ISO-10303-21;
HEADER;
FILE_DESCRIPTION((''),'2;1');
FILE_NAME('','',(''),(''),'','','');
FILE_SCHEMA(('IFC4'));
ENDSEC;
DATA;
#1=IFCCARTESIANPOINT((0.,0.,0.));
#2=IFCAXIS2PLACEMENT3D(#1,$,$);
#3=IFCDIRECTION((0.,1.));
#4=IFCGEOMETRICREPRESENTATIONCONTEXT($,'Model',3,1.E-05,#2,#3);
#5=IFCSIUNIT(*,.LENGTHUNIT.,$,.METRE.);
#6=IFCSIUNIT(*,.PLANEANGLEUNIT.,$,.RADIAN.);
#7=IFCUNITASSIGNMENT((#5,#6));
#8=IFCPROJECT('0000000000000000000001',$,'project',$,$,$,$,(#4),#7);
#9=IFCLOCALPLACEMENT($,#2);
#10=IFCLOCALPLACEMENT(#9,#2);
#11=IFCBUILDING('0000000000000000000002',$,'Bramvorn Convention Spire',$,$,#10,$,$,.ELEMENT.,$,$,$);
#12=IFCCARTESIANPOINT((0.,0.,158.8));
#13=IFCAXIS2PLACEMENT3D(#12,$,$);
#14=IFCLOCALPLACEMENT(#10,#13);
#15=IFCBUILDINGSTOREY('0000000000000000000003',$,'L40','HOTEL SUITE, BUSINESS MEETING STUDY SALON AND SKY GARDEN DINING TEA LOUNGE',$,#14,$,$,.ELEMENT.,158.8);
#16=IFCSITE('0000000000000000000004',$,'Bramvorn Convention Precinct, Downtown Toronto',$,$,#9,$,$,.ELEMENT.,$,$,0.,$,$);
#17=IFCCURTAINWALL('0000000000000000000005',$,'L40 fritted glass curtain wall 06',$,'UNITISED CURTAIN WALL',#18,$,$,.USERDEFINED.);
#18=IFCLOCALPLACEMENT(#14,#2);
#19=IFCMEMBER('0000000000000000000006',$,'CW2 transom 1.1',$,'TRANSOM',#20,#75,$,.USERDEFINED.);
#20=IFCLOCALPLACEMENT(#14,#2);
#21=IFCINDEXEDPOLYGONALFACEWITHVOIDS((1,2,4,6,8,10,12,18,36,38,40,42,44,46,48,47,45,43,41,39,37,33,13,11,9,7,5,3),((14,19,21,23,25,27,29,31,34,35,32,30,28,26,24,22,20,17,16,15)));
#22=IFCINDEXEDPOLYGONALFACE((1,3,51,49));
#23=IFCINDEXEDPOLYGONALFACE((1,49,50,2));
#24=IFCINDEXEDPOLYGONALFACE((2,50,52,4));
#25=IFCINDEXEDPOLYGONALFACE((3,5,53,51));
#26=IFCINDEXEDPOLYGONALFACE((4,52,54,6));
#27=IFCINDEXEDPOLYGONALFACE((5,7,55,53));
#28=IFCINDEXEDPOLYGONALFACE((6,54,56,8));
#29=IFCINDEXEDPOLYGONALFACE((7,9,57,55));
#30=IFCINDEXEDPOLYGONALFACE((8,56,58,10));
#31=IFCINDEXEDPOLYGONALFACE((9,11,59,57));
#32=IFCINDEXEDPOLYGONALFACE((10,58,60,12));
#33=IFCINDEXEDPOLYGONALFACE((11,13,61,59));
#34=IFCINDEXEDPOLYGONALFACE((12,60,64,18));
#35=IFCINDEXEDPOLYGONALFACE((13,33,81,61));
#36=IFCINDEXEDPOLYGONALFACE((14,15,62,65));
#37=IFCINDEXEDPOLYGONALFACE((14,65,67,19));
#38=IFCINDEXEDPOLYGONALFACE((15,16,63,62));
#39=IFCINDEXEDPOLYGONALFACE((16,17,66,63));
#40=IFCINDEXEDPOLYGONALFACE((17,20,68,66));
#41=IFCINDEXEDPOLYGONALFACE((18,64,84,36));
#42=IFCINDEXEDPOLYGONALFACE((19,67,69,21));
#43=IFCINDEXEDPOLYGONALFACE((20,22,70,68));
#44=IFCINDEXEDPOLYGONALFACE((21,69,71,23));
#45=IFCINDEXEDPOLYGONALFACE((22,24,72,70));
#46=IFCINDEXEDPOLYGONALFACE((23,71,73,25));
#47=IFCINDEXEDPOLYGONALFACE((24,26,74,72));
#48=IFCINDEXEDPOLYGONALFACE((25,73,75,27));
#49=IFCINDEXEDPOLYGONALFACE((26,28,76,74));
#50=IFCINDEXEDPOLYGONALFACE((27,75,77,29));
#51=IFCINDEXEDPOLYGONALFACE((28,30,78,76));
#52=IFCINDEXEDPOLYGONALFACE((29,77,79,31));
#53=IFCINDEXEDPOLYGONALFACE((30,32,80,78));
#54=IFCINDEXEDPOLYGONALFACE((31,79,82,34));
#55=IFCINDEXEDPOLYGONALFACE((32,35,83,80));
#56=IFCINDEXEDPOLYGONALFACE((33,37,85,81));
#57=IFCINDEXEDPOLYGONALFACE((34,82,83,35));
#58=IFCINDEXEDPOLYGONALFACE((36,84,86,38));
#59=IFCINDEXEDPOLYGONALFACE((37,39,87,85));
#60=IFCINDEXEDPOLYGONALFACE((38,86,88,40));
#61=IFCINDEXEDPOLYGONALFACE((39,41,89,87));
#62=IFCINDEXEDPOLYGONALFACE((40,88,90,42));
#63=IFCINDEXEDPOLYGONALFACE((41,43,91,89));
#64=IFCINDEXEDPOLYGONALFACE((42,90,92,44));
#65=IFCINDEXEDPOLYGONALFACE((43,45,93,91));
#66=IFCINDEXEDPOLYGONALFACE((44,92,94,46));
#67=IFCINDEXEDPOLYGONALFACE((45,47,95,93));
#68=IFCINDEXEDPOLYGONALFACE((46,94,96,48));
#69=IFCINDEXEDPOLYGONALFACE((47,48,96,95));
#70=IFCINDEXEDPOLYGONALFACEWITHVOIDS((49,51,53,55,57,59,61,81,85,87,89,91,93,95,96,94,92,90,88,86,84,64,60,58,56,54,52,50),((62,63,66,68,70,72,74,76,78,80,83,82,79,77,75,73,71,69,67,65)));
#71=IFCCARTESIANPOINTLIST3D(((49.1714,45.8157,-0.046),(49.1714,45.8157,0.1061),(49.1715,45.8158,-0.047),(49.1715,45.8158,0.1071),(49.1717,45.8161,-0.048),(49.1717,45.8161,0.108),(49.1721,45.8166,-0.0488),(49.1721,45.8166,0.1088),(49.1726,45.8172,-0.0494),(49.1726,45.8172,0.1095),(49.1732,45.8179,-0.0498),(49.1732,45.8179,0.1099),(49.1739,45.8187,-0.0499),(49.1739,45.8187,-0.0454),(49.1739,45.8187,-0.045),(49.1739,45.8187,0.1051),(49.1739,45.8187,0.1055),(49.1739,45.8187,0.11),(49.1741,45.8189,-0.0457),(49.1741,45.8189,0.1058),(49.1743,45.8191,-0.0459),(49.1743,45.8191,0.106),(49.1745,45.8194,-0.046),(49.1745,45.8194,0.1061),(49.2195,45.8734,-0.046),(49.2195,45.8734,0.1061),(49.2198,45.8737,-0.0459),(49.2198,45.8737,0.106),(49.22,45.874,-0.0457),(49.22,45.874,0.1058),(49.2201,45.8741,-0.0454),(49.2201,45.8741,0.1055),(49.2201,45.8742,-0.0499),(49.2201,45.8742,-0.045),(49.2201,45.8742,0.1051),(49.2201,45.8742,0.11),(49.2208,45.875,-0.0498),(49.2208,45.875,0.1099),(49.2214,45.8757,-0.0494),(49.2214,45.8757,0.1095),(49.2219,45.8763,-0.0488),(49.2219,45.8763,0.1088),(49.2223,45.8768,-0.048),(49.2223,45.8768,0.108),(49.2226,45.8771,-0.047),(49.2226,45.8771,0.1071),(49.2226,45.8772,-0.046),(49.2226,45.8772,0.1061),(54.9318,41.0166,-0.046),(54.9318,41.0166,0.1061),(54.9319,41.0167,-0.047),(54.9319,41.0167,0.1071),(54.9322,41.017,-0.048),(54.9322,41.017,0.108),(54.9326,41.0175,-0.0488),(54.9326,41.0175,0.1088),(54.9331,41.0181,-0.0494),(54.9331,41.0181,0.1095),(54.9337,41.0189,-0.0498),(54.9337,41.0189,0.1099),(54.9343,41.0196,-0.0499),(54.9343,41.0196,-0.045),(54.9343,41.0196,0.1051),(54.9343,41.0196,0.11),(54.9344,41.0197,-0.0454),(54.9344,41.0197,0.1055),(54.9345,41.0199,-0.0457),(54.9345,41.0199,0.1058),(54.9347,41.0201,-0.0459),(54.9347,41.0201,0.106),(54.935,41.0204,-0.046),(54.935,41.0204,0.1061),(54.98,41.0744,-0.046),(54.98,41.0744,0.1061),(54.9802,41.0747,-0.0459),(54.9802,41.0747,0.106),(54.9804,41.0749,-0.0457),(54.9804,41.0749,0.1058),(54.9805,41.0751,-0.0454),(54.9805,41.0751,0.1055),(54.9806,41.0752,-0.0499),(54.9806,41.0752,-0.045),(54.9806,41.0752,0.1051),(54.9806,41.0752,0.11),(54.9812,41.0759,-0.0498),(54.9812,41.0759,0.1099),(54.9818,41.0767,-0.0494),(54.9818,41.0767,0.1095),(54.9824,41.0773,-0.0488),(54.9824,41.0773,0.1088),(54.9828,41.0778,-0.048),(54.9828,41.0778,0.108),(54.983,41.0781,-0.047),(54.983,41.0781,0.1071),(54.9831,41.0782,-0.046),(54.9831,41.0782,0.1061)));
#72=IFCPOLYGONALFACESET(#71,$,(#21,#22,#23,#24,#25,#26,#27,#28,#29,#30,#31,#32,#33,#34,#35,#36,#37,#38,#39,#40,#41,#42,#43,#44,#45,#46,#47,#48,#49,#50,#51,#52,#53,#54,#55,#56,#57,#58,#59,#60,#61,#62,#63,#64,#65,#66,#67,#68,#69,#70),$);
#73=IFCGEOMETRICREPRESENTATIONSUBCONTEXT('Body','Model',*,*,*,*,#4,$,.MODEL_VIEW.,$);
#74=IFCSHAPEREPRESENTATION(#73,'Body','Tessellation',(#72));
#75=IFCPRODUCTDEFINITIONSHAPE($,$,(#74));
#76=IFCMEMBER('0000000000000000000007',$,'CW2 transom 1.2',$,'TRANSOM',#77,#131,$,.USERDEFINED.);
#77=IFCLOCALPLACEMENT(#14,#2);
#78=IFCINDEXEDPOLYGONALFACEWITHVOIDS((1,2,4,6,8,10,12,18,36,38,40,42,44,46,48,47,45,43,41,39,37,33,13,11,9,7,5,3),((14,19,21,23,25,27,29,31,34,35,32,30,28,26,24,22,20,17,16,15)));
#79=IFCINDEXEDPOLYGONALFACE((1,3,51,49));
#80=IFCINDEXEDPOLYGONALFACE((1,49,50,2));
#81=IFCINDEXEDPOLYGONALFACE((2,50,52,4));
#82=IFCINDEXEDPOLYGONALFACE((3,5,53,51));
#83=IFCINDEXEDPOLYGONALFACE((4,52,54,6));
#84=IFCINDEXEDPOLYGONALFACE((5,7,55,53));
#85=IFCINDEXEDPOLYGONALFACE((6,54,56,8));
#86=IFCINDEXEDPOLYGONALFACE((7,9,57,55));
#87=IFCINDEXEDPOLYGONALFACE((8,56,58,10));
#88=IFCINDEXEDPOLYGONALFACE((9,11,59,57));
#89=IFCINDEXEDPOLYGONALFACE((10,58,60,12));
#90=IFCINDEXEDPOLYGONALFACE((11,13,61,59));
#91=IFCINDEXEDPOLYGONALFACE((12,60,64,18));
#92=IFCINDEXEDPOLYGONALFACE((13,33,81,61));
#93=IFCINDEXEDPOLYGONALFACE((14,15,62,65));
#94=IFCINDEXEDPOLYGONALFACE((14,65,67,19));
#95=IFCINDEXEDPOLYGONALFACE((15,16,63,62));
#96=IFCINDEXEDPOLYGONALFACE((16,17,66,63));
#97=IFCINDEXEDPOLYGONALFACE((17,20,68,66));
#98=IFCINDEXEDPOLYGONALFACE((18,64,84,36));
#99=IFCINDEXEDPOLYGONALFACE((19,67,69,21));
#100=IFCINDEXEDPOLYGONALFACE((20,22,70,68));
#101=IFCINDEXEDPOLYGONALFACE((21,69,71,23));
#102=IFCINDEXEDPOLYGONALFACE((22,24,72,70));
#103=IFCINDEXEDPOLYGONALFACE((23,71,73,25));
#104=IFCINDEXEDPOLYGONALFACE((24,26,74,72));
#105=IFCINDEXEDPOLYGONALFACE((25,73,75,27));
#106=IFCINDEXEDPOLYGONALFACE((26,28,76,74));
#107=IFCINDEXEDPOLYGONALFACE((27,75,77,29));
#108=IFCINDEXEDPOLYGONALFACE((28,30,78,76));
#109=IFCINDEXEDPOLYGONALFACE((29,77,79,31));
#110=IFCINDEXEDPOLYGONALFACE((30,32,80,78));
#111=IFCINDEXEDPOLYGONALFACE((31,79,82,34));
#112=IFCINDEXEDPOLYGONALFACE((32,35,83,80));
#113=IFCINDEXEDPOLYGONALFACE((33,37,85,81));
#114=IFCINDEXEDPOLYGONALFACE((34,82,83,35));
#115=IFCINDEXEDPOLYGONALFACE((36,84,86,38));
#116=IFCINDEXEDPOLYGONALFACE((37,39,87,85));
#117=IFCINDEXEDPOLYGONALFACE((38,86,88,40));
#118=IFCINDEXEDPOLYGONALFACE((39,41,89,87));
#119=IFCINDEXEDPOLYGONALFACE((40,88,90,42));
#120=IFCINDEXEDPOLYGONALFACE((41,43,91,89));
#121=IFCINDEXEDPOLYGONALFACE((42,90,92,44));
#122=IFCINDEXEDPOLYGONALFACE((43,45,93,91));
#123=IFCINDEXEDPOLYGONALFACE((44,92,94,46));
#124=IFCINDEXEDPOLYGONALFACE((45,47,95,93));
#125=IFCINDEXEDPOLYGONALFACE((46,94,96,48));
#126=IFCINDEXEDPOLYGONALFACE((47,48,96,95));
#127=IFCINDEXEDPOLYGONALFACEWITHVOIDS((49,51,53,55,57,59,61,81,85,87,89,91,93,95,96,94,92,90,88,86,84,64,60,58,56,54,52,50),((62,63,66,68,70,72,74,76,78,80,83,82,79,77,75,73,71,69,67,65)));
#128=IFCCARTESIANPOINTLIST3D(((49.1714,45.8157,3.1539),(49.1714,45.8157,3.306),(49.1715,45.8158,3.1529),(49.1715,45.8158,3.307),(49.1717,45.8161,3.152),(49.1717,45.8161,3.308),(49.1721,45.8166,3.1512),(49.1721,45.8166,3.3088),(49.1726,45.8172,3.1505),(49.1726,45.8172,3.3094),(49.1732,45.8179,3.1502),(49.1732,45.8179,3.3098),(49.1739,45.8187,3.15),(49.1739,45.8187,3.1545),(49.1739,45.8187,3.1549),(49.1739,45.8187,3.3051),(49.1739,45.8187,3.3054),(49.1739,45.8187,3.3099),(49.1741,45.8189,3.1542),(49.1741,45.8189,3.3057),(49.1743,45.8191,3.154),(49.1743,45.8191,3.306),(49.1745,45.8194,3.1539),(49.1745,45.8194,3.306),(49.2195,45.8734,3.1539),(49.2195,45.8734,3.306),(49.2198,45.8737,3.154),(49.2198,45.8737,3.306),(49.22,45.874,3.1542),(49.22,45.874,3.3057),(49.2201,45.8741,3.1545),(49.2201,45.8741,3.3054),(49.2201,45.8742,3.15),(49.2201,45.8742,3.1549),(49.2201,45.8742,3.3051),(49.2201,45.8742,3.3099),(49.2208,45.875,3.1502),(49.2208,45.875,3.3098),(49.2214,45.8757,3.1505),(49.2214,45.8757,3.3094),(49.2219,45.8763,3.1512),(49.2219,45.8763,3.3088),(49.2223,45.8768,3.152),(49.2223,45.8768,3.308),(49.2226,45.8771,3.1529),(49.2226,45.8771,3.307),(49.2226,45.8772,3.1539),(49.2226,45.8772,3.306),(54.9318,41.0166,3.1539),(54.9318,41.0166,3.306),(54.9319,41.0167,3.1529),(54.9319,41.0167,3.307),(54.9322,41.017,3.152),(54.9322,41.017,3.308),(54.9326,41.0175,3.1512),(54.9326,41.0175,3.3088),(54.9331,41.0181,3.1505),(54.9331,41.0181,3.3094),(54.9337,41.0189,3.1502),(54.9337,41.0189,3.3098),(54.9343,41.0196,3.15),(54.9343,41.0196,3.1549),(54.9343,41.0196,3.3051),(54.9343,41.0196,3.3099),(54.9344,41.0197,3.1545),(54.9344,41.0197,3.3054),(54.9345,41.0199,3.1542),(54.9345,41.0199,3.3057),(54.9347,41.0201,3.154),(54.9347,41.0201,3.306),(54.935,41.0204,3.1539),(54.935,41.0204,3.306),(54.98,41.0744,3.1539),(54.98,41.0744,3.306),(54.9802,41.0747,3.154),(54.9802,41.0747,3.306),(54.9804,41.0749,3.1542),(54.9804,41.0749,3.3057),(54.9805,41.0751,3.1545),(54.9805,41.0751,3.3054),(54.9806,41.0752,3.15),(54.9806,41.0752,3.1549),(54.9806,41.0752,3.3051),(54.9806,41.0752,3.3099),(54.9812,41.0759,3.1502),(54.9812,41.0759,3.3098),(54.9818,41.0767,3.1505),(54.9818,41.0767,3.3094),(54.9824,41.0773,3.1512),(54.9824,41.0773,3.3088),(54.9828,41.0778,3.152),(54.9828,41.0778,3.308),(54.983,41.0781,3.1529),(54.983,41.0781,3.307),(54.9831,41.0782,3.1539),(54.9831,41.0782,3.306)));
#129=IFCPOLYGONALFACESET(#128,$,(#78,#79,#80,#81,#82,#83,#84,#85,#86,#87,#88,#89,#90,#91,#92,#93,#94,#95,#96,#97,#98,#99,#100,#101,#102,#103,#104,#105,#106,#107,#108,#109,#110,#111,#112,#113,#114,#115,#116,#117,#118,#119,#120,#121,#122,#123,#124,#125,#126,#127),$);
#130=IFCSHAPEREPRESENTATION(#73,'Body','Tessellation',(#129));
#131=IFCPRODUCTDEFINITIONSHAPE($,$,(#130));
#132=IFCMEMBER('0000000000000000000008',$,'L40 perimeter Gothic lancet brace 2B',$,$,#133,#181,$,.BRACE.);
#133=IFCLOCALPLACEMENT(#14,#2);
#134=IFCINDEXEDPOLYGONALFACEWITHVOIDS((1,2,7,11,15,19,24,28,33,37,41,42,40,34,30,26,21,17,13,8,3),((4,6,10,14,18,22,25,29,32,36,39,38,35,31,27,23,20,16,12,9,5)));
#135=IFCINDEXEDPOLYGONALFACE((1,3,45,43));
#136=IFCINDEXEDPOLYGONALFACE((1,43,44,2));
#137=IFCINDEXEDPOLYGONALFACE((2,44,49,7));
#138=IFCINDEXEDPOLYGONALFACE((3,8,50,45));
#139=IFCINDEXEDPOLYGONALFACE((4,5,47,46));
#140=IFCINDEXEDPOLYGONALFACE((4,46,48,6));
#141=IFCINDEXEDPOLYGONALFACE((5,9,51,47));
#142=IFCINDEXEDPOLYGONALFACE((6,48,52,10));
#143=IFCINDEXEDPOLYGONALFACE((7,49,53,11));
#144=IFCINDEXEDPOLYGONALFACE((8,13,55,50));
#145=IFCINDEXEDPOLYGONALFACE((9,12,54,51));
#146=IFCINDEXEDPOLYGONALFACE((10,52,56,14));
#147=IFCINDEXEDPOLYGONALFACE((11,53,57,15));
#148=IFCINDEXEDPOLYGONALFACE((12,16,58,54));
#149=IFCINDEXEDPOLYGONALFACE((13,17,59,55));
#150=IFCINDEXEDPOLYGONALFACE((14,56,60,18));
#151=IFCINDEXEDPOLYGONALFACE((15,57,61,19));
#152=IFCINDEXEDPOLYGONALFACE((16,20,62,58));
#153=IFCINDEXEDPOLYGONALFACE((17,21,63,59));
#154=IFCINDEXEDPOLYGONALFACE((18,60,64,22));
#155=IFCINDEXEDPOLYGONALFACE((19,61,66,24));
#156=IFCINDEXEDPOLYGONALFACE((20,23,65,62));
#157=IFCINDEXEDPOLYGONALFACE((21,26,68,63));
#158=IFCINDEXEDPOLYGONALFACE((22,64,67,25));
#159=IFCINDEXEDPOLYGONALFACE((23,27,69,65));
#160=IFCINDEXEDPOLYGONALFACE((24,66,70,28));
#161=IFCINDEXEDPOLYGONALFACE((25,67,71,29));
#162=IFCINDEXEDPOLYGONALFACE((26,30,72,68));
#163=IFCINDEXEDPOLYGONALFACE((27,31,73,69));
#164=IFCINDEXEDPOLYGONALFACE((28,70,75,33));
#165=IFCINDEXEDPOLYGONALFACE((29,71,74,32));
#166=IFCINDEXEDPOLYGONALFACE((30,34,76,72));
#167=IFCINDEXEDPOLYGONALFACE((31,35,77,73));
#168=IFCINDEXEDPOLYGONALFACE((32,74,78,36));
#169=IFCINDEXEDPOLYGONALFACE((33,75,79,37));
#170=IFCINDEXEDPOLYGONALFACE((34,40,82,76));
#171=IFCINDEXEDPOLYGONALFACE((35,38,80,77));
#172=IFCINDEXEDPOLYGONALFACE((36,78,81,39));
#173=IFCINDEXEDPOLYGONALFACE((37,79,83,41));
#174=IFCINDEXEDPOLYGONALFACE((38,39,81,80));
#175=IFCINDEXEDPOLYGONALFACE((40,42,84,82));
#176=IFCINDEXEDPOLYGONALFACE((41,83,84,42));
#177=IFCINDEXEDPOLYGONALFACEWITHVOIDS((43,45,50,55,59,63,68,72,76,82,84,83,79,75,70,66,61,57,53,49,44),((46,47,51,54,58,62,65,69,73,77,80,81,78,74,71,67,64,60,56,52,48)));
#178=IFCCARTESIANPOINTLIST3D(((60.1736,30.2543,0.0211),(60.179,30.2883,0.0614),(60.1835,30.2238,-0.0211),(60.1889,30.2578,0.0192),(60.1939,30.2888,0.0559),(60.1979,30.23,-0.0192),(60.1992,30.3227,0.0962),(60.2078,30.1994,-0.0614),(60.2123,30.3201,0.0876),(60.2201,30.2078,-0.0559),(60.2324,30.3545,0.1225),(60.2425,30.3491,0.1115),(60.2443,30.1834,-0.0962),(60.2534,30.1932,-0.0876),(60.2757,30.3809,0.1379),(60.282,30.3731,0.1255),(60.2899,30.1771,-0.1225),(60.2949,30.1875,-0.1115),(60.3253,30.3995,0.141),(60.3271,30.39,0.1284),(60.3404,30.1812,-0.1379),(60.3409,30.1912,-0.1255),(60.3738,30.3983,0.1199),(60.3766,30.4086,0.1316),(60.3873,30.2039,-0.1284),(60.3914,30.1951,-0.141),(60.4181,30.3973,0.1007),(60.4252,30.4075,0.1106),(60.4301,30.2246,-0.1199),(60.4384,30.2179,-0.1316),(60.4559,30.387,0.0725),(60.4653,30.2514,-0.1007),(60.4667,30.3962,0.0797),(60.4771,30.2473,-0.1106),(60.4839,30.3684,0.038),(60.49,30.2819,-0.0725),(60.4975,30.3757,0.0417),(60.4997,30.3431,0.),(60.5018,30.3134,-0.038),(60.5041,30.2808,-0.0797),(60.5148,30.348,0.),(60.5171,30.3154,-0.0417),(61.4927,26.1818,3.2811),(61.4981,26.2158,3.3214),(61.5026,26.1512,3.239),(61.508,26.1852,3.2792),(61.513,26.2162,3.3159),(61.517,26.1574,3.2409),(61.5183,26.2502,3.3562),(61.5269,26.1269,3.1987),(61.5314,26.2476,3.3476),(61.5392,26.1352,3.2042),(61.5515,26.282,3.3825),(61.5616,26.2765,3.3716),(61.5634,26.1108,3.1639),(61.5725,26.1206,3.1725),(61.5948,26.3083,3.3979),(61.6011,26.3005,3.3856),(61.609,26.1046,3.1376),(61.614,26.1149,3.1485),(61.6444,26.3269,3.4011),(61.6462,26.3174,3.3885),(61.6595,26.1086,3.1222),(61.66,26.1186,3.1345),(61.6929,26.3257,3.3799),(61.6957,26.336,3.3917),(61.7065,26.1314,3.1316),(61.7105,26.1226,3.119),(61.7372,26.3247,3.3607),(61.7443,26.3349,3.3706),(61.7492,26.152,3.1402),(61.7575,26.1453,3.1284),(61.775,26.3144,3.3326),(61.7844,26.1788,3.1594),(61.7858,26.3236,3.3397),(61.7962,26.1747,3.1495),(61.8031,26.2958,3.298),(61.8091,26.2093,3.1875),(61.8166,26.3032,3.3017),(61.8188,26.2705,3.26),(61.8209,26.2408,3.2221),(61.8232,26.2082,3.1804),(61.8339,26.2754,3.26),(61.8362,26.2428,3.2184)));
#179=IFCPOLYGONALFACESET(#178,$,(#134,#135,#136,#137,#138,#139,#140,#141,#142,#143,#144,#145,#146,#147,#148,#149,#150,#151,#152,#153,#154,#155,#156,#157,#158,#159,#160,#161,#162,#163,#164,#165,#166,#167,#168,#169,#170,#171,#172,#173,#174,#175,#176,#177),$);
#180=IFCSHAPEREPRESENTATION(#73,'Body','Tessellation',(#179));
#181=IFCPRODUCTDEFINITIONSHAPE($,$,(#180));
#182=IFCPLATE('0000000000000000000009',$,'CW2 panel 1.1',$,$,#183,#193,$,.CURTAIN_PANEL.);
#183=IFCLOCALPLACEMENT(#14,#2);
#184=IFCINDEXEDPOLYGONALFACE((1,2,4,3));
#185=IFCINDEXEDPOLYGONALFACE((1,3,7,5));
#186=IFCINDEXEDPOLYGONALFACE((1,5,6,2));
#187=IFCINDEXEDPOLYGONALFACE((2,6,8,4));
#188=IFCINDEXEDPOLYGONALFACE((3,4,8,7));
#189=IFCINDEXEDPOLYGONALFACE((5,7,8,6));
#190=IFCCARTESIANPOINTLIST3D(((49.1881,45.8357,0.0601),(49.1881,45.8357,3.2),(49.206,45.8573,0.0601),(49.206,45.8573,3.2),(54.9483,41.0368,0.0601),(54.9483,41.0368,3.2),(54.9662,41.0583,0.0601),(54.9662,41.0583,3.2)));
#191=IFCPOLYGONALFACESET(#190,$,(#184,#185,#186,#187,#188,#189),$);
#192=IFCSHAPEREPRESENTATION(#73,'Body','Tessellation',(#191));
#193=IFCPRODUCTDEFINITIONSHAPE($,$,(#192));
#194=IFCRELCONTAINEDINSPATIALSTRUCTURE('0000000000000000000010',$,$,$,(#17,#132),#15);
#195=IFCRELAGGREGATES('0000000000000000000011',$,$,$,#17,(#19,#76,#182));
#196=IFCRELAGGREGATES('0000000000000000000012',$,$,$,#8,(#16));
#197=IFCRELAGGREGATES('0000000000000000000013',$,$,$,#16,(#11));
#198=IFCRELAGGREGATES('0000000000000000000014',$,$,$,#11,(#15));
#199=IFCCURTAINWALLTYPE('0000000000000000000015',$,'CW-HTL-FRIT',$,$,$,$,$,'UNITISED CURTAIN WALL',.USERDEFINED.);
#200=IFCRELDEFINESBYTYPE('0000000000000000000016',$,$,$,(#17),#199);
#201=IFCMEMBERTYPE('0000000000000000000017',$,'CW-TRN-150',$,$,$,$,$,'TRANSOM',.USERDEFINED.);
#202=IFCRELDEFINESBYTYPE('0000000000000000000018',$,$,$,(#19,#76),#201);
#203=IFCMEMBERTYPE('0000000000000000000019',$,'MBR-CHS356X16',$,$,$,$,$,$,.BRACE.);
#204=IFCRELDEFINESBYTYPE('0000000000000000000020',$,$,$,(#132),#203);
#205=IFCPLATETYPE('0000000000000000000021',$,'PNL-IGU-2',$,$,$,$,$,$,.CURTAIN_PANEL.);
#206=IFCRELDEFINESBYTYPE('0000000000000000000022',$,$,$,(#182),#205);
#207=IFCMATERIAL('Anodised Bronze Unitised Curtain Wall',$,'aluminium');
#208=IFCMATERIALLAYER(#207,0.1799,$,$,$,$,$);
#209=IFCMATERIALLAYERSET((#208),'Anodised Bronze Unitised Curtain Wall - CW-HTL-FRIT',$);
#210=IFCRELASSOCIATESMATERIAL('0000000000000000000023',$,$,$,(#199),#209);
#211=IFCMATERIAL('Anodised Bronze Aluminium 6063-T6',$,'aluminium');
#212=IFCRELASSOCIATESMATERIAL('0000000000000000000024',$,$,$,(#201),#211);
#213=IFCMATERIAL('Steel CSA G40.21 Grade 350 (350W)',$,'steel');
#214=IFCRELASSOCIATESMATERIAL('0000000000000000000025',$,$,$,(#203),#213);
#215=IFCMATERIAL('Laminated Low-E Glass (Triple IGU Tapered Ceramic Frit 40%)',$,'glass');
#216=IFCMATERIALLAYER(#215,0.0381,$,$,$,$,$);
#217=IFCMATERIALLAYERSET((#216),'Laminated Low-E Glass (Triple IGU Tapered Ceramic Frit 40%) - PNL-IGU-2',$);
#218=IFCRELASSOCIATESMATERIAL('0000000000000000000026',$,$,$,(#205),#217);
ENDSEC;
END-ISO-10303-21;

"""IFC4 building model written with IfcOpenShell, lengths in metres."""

from ifc_helpers import new_model, si_unit, direction, frame, origin, origin_2d, place, context, subcontext, project, spatial, rectangle, hollow_rectangle, hollow_circle, extrude, material, layer, layer_set, material_profile, profile_set, type_object, element, aggregate, save


model = new_model("IFC4")

# Units and contexts
model_context = context("Model", 3, precision=1e-05, world=origin(), true_north=direction((0.0, 1.0)))
body_context = subcontext(model_context, "Body", "Model", "MODEL_VIEW")
ifc_project = project(units=[si_unit("LENGTHUNIT", "METRE"), si_unit("PLANEANGLEUNIT", "RADIAN")], contexts=[model_context])

# Site, building, storey
site_placement = place(None, origin())
site = spatial("IfcSite", under=ifc_project, at=site_placement, Name="Bramvorn Convention Precinct, Downtown Toronto", CompositionType="ELEMENT", RefElevation=0.0)
building_placement = place(site_placement, origin())
building = spatial("IfcBuilding", under=site, at=building_placement, Name="Bramvorn Convention Spire", CompositionType="ELEMENT")
storey_placement = place(building_placement, frame((0.0, 0.0, 158.8)))
storey = spatial("IfcBuildingStorey", under=building, at=storey_placement, Name="L40", Description="HOTEL SUITE, BUSINESS MEETING STUDY SALON AND SKY GARDEN DINING TEA LOUNGE", CompositionType="ELEMENT", Elevation=158.8)

# Shared definitions
ifc_material_1 = material(Name="Steel CSA G40.21 Grade 350 (350W)", Category="steel")

# Curtain wall
ifc_material_2 = material(Name="Anodised Bronze Unitised Curtain Wall", Category="aluminium")
ifc_layer_1 = layer(ifc_material_2, 0.1799)
ifc_layer_set_1 = layer_set([ifc_layer_1], Name="Anodised Bronze Unitised Curtain Wall - CW-HTL-FRIT")
curtain_wall_type = type_object("IfcCurtainWallType", Name="CW-HTL-FRIT", ElementType="UNITISED CURTAIN WALL", PredefinedType="USERDEFINED", material=ifc_layer_set_1)
curtain_wall_1_placement = place(storey_placement, origin())
curtain_wall_1 = element("IfcCurtainWall", 1, at=curtain_wall_1_placement, inside=storey, type_object=curtain_wall_type, Name="L40 fritted glass curtain wall 06", ObjectType="UNITISED CURTAIN WALL", PredefinedType="USERDEFINED")
ifc_material_3 = material(Name="Anodised Bronze Aluminium 6063-T6", Category="aluminium")

# Members
ifc_material_profile_1 = material_profile(ifc_material_3, hollow_rectangle(XDim=0.0801, YDim=0.1599, WallThickness=0.0039, InnerFilletRadius=0.001, OuterFilletRadius=0.0039, at=origin_2d()))
ifc_profile_set_1 = profile_set([ifc_material_profile_1], Name="Anodised Bronze Aluminium 6063-T6 - CWT80X160")
member_type_1 = type_object("IfcMemberType", Name="CW-TRN-150", ElementType="TRANSOM", PredefinedType="USERDEFINED", material=ifc_profile_set_1)
member_1_placement = place(storey_placement, frame((49.197, 45.8464, 0.03), z_axis=(0.768309, -0.640079, 0.0), x_axis=(0.640079, 0.768309, 0.0)))
member_1 = element("IfcMember", 2, at=member_1_placement, type_object=member_type_1, Name="CW2 transom 1.1", ObjectType="TRANSOM", PredefinedType="USERDEFINED", context=body_context, shape_type="SweptSolid", body=[
    extrude(hollow_rectangle(XDim=0.0801, YDim=0.1599, WallThickness=0.0039, InnerFilletRadius=0.001, OuterFilletRadius=0.0039, at=origin_2d()), origin(), (0.0, 0.0, 1.0), 7.4976),
])
member_2_placement = place(storey_placement, frame((49.197, 45.8464, 3.23), z_axis=(0.768309, -0.640079, 0.0), x_axis=(0.640079, 0.768309, 0.0)))
member_2 = element("IfcMember", 3, at=member_2_placement, type_object=member_type_1, Name="CW2 transom 1.2", ObjectType="TRANSOM", PredefinedType="USERDEFINED", context=body_context, shape_type="SweptSolid", body=[
    extrude(hollow_rectangle(XDim=0.0801, YDim=0.1599, WallThickness=0.0039, InnerFilletRadius=0.001, OuterFilletRadius=0.0039, at=origin_2d()), origin(), (0.0, 0.0, 1.0), 7.4976),
])
ifc_material_profile_2 = material_profile(ifc_material_1, hollow_circle(Radius=0.1777, WallThickness=0.0159, at=origin_2d()))
ifc_profile_set_2 = profile_set([ifc_material_profile_2], Name="Steel CSA G40.21 Grade 350 (350W) - CHS356X16")
member_type_2 = type_object("IfcMemberType", Name="MBR-CHS356X16", PredefinedType="BRACE", material=ifc_profile_set_2)
member_3_placement = place(storey_placement, frame((60.3457, 30.2932, 0.0), z_axis=(0.245148, -0.75686, 0.60586), x_axis=(0.951341, 0.308141, 0.0)))
element("IfcMember", 4, at=member_3_placement, inside=storey, type_object=member_type_2, Name="L40 perimeter Gothic lancet brace 2B", PredefinedType="BRACE", context=body_context, shape_type="SweptSolid", body=[
    extrude(hollow_circle(Radius=0.1777, WallThickness=0.0159, at=origin_2d()), origin(), (0.0, 0.0, 1.0), 5.3809),
])

# Plate
ifc_material_4 = material(Name="Laminated Low-E Glass (Triple IGU Tapered Ceramic Frit 40%)", Category="glass")
ifc_layer_2 = layer(ifc_material_4, 0.0381)
ifc_layer_set_2 = layer_set([ifc_layer_2], Name="Laminated Low-E Glass (Triple IGU Tapered Ceramic Frit 40%) - PNL-IGU-2")
plate_type = type_object("IfcPlateType", Name="PNL-IGU-2", PredefinedType="CURTAIN_PANEL", material=ifc_layer_set_2)
plate_placement = place(storey_placement, frame((52.0771, 43.447, 0.0601), z_axis=(0.0, 0.0, 1.0), x_axis=(0.768304, -0.640085, 0.0)))
plate = element("IfcPlate", 5, at=plate_placement, type_object=plate_type, Name="CW2 panel 1.1", PredefinedType="CURTAIN_PANEL", context=body_context, shape_type="SweptSolid", body=[
    extrude(rectangle(XDim=7.4973, YDim=0.0281, at=origin_2d()), origin(), (0.0, 0.0, 1.0), 3.1399),
])
aggregate(curtain_wall_1, [member_1, member_2, plate])

save(model, "model.ifc")
